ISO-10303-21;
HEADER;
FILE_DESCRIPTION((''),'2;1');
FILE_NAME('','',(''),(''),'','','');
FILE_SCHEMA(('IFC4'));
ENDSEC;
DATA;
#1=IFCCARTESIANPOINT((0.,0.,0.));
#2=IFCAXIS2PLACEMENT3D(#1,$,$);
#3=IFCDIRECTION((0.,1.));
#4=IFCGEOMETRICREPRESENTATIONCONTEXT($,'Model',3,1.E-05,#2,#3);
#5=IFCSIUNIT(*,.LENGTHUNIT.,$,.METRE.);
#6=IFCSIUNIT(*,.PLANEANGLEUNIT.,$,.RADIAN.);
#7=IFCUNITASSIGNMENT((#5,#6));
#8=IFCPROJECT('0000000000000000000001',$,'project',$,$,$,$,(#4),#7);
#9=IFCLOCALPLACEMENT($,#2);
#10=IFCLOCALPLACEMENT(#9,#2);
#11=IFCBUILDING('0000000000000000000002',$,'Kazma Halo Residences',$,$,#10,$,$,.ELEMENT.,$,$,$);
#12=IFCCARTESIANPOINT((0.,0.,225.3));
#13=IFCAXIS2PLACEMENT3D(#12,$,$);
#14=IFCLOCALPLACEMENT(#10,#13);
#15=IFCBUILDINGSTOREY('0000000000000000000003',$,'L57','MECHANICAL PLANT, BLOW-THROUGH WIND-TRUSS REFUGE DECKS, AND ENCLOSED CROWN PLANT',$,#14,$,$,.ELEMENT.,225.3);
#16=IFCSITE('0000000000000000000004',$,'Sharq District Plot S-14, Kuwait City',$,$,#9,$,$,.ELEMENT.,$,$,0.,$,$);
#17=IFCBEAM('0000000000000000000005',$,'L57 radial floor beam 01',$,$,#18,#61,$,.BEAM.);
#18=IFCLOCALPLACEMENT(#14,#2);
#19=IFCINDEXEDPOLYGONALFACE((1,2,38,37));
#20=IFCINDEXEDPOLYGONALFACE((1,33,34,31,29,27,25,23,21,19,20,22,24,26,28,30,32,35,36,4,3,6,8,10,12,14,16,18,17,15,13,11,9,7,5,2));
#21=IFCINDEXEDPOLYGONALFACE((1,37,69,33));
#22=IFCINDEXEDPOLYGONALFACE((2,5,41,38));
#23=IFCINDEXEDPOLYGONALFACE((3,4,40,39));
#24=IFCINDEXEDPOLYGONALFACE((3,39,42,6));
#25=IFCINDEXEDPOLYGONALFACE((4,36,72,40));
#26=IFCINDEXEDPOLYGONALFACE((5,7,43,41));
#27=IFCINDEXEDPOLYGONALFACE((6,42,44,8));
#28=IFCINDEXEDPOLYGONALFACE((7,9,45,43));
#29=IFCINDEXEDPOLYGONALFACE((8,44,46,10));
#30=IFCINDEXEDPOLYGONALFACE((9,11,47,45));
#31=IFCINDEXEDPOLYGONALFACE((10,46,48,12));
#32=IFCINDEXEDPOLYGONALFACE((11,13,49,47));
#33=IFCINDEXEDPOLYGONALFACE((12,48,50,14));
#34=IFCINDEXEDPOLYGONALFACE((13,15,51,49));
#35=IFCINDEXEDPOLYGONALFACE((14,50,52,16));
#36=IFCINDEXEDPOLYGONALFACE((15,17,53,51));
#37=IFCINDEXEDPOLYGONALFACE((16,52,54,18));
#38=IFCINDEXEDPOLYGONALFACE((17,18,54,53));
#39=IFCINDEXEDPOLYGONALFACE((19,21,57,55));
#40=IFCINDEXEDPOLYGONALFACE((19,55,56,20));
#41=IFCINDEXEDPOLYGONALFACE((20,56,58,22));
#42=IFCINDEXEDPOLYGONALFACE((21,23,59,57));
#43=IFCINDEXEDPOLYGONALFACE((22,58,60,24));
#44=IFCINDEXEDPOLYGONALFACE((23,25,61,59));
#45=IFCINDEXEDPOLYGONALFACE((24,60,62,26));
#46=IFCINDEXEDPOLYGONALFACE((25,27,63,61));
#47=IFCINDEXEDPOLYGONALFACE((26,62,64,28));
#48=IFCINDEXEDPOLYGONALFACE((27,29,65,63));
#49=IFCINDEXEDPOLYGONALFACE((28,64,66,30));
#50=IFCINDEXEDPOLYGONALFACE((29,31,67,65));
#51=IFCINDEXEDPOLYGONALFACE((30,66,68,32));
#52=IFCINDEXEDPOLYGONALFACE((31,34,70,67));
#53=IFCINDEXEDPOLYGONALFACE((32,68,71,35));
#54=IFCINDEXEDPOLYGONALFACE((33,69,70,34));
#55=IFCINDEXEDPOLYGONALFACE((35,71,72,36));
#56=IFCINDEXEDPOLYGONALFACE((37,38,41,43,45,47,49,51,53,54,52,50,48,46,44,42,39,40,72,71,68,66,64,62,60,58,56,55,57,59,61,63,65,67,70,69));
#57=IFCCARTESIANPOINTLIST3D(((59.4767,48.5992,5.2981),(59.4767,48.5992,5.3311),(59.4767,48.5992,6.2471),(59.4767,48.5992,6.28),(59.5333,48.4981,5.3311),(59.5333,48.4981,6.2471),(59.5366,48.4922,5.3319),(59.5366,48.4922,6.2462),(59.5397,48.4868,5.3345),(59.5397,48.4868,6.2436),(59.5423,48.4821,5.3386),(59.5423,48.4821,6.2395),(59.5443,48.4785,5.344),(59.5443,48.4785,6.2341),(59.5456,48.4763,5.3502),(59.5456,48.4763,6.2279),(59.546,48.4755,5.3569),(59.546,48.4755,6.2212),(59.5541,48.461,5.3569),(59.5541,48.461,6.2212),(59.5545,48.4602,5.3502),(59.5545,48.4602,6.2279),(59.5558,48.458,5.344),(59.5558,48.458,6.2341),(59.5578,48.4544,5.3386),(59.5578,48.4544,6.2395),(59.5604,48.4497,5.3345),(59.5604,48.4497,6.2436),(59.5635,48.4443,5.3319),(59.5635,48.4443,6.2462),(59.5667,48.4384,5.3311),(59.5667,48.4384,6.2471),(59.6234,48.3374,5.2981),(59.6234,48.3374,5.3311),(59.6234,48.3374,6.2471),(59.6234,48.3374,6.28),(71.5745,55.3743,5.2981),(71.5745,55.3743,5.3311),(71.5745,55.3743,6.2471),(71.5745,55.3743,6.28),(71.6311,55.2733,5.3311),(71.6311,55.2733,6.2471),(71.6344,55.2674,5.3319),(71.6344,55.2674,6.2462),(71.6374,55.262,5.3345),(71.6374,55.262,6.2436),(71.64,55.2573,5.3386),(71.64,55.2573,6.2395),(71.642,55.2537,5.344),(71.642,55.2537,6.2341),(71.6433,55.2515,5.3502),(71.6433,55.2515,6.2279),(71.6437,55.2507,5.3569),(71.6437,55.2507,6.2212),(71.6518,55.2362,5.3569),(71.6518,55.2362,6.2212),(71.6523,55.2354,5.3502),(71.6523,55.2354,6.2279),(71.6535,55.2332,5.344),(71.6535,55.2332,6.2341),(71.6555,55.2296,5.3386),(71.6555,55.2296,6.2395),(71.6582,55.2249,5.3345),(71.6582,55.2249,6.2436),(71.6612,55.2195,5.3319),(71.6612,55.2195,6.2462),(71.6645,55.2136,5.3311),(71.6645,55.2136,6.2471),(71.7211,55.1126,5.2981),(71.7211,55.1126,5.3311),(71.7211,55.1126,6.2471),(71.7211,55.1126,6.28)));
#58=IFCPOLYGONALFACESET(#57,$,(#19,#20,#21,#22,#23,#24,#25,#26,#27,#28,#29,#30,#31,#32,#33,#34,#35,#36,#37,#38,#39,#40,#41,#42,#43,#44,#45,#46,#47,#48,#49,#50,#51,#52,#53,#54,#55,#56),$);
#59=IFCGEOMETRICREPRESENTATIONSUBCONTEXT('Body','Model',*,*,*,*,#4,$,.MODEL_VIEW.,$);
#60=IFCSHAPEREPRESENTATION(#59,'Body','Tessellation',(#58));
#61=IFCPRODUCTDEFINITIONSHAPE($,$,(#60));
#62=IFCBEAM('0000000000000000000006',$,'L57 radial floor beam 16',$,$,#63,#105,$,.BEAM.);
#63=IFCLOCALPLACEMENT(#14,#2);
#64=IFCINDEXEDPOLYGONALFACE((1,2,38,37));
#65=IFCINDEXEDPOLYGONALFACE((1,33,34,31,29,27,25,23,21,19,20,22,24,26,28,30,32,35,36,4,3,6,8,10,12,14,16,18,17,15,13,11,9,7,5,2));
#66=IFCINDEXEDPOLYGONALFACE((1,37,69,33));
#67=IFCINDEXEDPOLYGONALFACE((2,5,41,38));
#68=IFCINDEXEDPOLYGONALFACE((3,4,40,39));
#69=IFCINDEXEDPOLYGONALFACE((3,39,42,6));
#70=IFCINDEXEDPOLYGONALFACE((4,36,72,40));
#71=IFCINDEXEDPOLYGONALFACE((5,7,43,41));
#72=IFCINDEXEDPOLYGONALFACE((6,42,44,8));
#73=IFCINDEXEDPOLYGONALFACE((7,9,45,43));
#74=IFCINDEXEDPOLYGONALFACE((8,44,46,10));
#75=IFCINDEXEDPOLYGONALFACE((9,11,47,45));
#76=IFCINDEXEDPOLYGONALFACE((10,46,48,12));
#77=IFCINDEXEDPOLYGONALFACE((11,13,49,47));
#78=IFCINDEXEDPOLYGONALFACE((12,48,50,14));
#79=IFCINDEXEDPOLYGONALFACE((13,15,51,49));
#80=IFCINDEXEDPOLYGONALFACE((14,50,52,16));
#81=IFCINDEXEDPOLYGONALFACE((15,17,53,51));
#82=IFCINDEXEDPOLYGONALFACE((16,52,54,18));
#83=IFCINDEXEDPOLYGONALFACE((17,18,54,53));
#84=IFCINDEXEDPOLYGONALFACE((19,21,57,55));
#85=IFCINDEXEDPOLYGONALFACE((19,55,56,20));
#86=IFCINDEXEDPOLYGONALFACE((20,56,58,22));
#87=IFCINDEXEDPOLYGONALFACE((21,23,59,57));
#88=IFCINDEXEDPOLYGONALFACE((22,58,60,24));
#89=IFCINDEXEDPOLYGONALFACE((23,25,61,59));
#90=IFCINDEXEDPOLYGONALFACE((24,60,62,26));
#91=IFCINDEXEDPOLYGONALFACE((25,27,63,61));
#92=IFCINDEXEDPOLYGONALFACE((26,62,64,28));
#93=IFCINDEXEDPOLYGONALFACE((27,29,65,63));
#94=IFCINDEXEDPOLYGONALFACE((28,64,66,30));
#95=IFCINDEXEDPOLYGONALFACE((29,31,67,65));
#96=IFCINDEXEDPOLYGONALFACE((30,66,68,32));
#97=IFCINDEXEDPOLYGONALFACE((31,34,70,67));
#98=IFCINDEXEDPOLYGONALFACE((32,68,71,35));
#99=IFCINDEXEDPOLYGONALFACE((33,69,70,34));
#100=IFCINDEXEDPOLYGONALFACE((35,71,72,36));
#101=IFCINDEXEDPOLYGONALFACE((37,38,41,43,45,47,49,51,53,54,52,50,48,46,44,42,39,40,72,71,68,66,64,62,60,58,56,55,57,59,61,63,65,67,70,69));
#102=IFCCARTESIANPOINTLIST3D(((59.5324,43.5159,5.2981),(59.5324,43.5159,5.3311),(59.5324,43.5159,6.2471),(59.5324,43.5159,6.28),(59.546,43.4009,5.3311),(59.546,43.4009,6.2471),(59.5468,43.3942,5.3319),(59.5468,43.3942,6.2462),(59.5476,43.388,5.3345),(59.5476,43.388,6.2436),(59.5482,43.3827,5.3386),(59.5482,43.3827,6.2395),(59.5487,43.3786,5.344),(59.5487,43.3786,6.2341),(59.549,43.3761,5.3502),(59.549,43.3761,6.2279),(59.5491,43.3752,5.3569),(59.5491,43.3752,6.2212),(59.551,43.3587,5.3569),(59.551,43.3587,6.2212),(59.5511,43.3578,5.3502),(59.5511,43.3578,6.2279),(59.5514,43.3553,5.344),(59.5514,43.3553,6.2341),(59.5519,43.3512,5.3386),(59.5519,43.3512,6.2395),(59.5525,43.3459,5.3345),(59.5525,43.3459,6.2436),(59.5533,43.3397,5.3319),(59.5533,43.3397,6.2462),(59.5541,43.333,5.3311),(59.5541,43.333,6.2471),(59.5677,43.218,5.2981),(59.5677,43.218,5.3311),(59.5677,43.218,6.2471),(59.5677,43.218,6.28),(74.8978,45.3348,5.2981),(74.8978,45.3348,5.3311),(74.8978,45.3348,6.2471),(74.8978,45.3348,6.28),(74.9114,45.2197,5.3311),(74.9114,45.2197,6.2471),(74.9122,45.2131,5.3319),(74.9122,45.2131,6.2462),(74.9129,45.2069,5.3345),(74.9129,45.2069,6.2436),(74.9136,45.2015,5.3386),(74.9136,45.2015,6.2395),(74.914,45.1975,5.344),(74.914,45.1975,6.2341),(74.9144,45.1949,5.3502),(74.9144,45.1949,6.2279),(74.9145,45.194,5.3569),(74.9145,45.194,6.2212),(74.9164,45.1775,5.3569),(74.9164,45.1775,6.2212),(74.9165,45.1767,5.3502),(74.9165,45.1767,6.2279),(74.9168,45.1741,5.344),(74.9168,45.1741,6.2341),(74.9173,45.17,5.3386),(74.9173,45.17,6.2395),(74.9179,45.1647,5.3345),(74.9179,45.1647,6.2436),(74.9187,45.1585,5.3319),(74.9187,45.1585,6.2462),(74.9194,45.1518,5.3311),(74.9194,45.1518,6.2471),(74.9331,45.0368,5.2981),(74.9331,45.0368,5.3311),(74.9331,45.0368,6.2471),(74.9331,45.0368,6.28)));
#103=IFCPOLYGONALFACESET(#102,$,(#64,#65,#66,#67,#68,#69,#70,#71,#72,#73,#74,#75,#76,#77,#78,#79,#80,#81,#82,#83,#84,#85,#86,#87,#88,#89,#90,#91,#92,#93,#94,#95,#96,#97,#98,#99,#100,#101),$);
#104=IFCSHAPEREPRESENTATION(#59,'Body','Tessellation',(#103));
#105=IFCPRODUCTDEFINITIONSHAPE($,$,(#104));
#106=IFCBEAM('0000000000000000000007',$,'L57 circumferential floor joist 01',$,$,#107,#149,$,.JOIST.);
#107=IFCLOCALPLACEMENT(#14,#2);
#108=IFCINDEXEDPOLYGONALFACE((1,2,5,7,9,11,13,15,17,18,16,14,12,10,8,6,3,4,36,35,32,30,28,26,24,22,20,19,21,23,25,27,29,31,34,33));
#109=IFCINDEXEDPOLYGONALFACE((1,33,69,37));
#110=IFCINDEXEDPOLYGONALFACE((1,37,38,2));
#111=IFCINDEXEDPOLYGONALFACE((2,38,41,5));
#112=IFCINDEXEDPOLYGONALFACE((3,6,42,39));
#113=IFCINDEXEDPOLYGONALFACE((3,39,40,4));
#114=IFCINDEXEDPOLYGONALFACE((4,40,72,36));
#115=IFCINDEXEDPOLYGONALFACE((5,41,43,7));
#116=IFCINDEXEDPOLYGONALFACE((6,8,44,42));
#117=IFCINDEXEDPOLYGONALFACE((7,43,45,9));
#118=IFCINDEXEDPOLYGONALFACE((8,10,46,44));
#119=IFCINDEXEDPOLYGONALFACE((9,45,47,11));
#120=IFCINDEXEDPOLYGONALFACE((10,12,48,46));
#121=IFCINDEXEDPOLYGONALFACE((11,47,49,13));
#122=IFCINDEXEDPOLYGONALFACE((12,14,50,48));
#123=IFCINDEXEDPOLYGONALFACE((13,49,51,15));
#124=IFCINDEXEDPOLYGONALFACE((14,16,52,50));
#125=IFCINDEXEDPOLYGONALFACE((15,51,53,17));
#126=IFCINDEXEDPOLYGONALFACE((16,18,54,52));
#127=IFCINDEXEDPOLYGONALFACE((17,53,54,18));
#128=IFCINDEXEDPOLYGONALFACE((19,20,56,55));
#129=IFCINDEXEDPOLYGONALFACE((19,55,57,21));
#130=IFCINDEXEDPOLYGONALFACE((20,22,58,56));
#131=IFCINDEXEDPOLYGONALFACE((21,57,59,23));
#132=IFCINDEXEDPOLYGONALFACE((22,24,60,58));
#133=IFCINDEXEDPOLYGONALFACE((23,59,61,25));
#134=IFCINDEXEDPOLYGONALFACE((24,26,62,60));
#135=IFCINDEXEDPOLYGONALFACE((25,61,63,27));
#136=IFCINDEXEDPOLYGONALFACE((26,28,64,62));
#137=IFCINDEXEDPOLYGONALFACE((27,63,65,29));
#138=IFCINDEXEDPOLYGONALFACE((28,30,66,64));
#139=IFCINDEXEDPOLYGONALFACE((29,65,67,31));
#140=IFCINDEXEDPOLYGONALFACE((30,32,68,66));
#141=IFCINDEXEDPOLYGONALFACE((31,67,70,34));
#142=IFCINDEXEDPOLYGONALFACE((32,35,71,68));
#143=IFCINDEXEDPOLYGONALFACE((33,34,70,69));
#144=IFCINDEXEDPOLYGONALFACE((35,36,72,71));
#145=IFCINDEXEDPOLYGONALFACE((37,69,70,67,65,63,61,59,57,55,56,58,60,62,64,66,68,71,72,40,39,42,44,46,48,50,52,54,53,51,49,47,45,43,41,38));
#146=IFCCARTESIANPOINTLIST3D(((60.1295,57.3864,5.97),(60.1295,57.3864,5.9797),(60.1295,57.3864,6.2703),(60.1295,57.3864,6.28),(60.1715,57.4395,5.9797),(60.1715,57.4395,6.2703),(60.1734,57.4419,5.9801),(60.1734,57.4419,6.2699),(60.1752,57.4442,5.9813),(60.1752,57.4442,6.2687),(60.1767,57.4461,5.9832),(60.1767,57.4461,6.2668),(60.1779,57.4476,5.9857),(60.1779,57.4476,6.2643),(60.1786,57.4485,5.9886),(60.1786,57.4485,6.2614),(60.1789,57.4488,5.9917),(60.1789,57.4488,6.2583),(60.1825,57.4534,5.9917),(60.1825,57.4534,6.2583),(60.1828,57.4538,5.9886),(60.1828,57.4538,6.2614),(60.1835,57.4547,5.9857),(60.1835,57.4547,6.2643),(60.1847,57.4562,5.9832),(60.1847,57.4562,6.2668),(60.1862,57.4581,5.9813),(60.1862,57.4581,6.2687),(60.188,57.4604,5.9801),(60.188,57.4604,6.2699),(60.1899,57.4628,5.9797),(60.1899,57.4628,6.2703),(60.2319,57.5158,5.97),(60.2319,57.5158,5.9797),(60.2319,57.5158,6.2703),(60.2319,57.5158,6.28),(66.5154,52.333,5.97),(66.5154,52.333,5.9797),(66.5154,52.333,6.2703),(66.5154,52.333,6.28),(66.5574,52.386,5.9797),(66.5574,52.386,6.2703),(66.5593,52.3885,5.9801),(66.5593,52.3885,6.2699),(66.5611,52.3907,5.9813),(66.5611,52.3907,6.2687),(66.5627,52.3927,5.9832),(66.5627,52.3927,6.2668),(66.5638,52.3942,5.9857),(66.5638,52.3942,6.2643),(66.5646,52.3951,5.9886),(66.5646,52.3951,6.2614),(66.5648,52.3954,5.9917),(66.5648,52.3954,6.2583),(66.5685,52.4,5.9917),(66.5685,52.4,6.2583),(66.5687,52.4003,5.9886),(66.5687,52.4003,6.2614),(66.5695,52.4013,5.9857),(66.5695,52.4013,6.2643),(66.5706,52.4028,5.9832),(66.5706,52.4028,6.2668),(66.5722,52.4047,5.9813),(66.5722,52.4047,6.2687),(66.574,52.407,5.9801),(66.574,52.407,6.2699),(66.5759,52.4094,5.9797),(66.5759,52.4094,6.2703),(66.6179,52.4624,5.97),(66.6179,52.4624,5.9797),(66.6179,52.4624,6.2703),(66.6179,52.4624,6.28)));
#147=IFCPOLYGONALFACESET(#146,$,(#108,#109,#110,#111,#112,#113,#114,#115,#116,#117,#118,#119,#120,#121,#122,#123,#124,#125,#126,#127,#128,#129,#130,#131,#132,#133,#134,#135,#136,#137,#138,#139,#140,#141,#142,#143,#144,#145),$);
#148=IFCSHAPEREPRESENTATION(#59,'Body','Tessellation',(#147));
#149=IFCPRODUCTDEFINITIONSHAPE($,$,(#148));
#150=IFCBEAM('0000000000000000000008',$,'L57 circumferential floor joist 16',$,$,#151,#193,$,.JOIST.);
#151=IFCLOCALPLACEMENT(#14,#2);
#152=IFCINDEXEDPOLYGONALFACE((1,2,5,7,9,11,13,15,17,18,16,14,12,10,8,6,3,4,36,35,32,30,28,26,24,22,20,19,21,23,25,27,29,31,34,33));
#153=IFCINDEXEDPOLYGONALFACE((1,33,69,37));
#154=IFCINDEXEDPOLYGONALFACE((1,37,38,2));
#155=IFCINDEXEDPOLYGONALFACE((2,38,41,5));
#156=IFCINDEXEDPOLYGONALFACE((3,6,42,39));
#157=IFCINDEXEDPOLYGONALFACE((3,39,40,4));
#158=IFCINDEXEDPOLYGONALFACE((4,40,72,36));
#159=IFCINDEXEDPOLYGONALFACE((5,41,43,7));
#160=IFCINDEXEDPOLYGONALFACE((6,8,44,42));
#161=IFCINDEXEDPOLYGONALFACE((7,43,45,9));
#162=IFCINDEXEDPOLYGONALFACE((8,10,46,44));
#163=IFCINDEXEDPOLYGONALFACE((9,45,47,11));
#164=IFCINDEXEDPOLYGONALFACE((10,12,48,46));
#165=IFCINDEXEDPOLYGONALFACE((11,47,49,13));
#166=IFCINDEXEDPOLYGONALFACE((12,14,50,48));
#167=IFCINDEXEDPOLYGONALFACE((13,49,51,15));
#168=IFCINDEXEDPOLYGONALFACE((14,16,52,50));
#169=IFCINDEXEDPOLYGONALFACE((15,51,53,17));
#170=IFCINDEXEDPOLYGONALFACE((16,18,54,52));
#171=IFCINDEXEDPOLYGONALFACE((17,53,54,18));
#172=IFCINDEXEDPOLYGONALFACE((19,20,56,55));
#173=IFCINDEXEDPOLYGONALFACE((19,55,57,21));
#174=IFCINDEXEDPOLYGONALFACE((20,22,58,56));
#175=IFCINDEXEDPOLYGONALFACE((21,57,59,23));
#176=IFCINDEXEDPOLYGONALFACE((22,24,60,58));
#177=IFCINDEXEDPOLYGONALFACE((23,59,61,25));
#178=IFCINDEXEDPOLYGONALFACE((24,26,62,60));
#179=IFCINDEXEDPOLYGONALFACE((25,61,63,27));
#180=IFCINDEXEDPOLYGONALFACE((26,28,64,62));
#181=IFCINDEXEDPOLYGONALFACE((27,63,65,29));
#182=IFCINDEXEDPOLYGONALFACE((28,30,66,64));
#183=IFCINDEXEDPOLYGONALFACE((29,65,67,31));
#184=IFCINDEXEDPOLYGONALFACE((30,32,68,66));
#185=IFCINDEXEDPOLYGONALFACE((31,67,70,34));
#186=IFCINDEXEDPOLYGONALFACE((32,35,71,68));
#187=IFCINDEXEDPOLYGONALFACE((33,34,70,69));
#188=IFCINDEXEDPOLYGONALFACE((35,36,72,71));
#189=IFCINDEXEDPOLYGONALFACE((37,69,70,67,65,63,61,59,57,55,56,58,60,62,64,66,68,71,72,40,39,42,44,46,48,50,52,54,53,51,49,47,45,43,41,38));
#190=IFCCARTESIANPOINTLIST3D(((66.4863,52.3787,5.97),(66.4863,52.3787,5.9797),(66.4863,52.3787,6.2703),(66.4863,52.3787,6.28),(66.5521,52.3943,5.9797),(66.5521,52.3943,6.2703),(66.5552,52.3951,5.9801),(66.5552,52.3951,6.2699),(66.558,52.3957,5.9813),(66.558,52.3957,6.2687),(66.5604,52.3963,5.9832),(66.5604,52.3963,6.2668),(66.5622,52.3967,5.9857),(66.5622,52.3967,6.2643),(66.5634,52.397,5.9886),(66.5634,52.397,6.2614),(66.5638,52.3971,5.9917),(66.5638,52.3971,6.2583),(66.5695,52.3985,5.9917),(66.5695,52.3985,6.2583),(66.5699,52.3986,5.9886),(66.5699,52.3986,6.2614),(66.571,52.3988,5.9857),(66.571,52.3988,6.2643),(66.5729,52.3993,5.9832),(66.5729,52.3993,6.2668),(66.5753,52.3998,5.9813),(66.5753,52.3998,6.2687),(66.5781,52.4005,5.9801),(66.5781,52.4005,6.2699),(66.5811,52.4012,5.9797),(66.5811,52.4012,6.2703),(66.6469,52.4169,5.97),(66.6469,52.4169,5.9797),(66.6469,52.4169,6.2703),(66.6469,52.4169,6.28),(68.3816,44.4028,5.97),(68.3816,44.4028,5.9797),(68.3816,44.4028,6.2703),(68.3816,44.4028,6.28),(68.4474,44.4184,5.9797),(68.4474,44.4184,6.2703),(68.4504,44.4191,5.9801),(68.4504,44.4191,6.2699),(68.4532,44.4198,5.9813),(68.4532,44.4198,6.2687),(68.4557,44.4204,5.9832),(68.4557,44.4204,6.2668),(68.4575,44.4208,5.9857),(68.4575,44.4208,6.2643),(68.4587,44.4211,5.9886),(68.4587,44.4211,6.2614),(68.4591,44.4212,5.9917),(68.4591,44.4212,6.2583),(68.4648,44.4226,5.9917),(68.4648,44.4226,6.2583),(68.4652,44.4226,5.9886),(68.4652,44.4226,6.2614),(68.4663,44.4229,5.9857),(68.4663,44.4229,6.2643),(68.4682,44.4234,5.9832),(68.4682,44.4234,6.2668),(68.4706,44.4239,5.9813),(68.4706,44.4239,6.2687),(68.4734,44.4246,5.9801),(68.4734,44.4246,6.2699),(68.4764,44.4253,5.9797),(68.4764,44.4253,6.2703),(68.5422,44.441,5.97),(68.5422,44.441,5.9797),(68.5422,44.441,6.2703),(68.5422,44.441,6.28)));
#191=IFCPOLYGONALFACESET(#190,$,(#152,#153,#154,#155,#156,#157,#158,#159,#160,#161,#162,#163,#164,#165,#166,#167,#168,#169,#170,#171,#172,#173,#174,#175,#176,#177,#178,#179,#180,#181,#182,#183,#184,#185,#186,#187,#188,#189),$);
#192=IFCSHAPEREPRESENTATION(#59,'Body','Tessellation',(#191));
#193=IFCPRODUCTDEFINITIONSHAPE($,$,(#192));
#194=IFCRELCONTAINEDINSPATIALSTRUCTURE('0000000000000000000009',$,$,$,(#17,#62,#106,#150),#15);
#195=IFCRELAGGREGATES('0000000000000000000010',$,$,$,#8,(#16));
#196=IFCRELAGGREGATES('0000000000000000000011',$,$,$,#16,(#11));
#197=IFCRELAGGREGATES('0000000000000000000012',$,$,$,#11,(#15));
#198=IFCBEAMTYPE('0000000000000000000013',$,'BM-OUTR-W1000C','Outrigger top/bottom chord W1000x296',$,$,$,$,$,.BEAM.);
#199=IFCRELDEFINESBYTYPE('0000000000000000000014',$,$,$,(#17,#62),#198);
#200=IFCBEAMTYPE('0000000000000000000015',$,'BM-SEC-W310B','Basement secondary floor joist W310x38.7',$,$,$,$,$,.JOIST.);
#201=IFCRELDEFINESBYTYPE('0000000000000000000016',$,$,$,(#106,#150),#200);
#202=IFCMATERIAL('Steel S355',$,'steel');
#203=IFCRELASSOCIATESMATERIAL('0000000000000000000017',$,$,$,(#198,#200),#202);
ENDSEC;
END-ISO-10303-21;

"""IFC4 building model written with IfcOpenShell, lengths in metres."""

from ifc_helpers import new_model, si_unit, direction, frame, origin, origin_2d, place, context, subcontext, project, spatial, i_section, extrude, material, material_profile, profile_set, type_object, element, save


model = new_model("IFC4")

# Units and contexts
model_context = context("Model", 3, precision=1e-05, world=origin(), true_north=direction((0.0, 1.0)))
body_context = subcontext(model_context, "Body", "Model", "MODEL_VIEW")
ifc_project = project(units=[si_unit("LENGTHUNIT", "METRE"), si_unit("PLANEANGLEUNIT", "RADIAN")], contexts=[model_context])

# Site, building, storey
site_placement = place(None, origin())
site = spatial("IfcSite", under=ifc_project, at=site_placement, Name="Sharq District Plot S-14, Kuwait City", CompositionType="ELEMENT", RefElevation=0.0)
building_placement = place(site_placement, origin())
building = spatial("IfcBuilding", under=site, at=building_placement, Name="Kazma Halo Residences", CompositionType="ELEMENT")
storey_placement = place(building_placement, frame((0.0, 0.0, 225.3)))
storey = spatial("IfcBuildingStorey", under=building, at=storey_placement, Name="L57", Description="MECHANICAL PLANT, BLOW-THROUGH WIND-TRUSS REFUGE DECKS, AND ENCLOSED CROWN PLANT", CompositionType="ELEMENT", Elevation=225.3)

# Shared definitions
ifc_material_1 = material(Name="Steel S355", Category="steel")

# Beams
ifc_material_profile_1 = material_profile(ifc_material_1, i_section(OverallWidth=0.3, OverallDepth=0.9819, WebThickness=0.0166, FlangeThickness=0.033, FilletRadius=0.0259, at=origin_2d()), Name="W1000x296")
ifc_profile_set_1 = profile_set([ifc_material_profile_1], Name="Steel S355")
beam_type_1 = type_object("IfcBeamType", Name="BM-OUTR-W1000C", Description="Outrigger top/bottom chord W1000x296", PredefinedType="BEAM", material=ifc_profile_set_1)
beam_1_placement = place(storey_placement, frame((59.55, 48.4683, 5.7891), z_axis=(0.872492, 0.488629, 0.0), x_axis=(-0.488629, 0.872492, 0.0)))
element("IfcBeam", 1, at=beam_1_placement, inside=storey, type_object=beam_type_1, Name="L57 radial floor beam 01", PredefinedType="BEAM", context=body_context, shape_type="SweptSolid", body=[
    extrude(i_section(OverallWidth=0.3, OverallDepth=0.9819, WebThickness=0.0166, FlangeThickness=0.033, FilletRadius=0.0259, at=origin_2d()), origin(), (0.0, 0.0, 1.0), 13.8657),
])
beam_2_placement = place(storey_placement, frame((59.55, 43.3669, 5.7891), z_axis=(0.993067, 0.117552, 0.0), x_axis=(-0.117552, 0.993067, 0.0)))
element("IfcBeam", 2, at=beam_2_placement, inside=storey, type_object=beam_type_1, Name="L57 radial floor beam 16", PredefinedType="BEAM", context=body_context, shape_type="SweptSolid", body=[
    extrude(i_section(OverallWidth=0.3, OverallDepth=0.9819, WebThickness=0.0166, FlangeThickness=0.033, FilletRadius=0.0259, at=origin_2d()), origin(), (0.0, 0.0, 1.0), 15.4727),
])
ifc_material_profile_2 = material_profile(ifc_material_1, i_section(OverallWidth=0.165, OverallDepth=0.3101, WebThickness=0.0059, FlangeThickness=0.0098, FilletRadius=0.012, at=origin_2d()), Name="W310x38.7")
ifc_profile_set_2 = profile_set([ifc_material_profile_2], Name="Steel S355")
beam_type_2 = type_object("IfcBeamType", Name="BM-SEC-W310B", Description="Basement secondary floor joist W310x38.7", PredefinedType="JOIST", material=ifc_profile_set_2)
beam_3_placement = place(storey_placement, frame((66.5667, 52.3977, 6.125), z_axis=(-0.784172, 0.620544, 0.0), x_axis=(-0.620544, -0.784172, 0.0)))
element("IfcBeam", 3, at=beam_3_placement, inside=storey, type_object=beam_type_2, Name="L57 circumferential floor joist 01", PredefinedType="JOIST", context=body_context, shape_type="SweptSolid", body=[
    extrude(i_section(OverallWidth=0.165, OverallDepth=0.3101, WebThickness=0.0059, FlangeThickness=0.0098, FilletRadius=0.012, at=origin_2d()), origin(), (0.0, 0.0, 1.0), 8.1436),
])
beam_4_placement = place(storey_placement, frame((68.4619, 44.4219, 6.125), z_axis=(-0.231188, 0.972909, 0.0), x_axis=(-0.972909, -0.231188, 0.0)))
element("IfcBeam", 4, at=beam_4_placement, inside=storey, type_object=beam_type_2, Name="L57 circumferential floor joist 16", PredefinedType="JOIST", context=body_context, shape_type="SweptSolid", body=[
    extrude(i_section(OverallWidth=0.165, OverallDepth=0.3101, WebThickness=0.0059, FlangeThickness=0.0098, FilletRadius=0.012, at=origin_2d()), origin(), (0.0, 0.0, 1.0), 8.198),
])

save(model, "model.ifc")
